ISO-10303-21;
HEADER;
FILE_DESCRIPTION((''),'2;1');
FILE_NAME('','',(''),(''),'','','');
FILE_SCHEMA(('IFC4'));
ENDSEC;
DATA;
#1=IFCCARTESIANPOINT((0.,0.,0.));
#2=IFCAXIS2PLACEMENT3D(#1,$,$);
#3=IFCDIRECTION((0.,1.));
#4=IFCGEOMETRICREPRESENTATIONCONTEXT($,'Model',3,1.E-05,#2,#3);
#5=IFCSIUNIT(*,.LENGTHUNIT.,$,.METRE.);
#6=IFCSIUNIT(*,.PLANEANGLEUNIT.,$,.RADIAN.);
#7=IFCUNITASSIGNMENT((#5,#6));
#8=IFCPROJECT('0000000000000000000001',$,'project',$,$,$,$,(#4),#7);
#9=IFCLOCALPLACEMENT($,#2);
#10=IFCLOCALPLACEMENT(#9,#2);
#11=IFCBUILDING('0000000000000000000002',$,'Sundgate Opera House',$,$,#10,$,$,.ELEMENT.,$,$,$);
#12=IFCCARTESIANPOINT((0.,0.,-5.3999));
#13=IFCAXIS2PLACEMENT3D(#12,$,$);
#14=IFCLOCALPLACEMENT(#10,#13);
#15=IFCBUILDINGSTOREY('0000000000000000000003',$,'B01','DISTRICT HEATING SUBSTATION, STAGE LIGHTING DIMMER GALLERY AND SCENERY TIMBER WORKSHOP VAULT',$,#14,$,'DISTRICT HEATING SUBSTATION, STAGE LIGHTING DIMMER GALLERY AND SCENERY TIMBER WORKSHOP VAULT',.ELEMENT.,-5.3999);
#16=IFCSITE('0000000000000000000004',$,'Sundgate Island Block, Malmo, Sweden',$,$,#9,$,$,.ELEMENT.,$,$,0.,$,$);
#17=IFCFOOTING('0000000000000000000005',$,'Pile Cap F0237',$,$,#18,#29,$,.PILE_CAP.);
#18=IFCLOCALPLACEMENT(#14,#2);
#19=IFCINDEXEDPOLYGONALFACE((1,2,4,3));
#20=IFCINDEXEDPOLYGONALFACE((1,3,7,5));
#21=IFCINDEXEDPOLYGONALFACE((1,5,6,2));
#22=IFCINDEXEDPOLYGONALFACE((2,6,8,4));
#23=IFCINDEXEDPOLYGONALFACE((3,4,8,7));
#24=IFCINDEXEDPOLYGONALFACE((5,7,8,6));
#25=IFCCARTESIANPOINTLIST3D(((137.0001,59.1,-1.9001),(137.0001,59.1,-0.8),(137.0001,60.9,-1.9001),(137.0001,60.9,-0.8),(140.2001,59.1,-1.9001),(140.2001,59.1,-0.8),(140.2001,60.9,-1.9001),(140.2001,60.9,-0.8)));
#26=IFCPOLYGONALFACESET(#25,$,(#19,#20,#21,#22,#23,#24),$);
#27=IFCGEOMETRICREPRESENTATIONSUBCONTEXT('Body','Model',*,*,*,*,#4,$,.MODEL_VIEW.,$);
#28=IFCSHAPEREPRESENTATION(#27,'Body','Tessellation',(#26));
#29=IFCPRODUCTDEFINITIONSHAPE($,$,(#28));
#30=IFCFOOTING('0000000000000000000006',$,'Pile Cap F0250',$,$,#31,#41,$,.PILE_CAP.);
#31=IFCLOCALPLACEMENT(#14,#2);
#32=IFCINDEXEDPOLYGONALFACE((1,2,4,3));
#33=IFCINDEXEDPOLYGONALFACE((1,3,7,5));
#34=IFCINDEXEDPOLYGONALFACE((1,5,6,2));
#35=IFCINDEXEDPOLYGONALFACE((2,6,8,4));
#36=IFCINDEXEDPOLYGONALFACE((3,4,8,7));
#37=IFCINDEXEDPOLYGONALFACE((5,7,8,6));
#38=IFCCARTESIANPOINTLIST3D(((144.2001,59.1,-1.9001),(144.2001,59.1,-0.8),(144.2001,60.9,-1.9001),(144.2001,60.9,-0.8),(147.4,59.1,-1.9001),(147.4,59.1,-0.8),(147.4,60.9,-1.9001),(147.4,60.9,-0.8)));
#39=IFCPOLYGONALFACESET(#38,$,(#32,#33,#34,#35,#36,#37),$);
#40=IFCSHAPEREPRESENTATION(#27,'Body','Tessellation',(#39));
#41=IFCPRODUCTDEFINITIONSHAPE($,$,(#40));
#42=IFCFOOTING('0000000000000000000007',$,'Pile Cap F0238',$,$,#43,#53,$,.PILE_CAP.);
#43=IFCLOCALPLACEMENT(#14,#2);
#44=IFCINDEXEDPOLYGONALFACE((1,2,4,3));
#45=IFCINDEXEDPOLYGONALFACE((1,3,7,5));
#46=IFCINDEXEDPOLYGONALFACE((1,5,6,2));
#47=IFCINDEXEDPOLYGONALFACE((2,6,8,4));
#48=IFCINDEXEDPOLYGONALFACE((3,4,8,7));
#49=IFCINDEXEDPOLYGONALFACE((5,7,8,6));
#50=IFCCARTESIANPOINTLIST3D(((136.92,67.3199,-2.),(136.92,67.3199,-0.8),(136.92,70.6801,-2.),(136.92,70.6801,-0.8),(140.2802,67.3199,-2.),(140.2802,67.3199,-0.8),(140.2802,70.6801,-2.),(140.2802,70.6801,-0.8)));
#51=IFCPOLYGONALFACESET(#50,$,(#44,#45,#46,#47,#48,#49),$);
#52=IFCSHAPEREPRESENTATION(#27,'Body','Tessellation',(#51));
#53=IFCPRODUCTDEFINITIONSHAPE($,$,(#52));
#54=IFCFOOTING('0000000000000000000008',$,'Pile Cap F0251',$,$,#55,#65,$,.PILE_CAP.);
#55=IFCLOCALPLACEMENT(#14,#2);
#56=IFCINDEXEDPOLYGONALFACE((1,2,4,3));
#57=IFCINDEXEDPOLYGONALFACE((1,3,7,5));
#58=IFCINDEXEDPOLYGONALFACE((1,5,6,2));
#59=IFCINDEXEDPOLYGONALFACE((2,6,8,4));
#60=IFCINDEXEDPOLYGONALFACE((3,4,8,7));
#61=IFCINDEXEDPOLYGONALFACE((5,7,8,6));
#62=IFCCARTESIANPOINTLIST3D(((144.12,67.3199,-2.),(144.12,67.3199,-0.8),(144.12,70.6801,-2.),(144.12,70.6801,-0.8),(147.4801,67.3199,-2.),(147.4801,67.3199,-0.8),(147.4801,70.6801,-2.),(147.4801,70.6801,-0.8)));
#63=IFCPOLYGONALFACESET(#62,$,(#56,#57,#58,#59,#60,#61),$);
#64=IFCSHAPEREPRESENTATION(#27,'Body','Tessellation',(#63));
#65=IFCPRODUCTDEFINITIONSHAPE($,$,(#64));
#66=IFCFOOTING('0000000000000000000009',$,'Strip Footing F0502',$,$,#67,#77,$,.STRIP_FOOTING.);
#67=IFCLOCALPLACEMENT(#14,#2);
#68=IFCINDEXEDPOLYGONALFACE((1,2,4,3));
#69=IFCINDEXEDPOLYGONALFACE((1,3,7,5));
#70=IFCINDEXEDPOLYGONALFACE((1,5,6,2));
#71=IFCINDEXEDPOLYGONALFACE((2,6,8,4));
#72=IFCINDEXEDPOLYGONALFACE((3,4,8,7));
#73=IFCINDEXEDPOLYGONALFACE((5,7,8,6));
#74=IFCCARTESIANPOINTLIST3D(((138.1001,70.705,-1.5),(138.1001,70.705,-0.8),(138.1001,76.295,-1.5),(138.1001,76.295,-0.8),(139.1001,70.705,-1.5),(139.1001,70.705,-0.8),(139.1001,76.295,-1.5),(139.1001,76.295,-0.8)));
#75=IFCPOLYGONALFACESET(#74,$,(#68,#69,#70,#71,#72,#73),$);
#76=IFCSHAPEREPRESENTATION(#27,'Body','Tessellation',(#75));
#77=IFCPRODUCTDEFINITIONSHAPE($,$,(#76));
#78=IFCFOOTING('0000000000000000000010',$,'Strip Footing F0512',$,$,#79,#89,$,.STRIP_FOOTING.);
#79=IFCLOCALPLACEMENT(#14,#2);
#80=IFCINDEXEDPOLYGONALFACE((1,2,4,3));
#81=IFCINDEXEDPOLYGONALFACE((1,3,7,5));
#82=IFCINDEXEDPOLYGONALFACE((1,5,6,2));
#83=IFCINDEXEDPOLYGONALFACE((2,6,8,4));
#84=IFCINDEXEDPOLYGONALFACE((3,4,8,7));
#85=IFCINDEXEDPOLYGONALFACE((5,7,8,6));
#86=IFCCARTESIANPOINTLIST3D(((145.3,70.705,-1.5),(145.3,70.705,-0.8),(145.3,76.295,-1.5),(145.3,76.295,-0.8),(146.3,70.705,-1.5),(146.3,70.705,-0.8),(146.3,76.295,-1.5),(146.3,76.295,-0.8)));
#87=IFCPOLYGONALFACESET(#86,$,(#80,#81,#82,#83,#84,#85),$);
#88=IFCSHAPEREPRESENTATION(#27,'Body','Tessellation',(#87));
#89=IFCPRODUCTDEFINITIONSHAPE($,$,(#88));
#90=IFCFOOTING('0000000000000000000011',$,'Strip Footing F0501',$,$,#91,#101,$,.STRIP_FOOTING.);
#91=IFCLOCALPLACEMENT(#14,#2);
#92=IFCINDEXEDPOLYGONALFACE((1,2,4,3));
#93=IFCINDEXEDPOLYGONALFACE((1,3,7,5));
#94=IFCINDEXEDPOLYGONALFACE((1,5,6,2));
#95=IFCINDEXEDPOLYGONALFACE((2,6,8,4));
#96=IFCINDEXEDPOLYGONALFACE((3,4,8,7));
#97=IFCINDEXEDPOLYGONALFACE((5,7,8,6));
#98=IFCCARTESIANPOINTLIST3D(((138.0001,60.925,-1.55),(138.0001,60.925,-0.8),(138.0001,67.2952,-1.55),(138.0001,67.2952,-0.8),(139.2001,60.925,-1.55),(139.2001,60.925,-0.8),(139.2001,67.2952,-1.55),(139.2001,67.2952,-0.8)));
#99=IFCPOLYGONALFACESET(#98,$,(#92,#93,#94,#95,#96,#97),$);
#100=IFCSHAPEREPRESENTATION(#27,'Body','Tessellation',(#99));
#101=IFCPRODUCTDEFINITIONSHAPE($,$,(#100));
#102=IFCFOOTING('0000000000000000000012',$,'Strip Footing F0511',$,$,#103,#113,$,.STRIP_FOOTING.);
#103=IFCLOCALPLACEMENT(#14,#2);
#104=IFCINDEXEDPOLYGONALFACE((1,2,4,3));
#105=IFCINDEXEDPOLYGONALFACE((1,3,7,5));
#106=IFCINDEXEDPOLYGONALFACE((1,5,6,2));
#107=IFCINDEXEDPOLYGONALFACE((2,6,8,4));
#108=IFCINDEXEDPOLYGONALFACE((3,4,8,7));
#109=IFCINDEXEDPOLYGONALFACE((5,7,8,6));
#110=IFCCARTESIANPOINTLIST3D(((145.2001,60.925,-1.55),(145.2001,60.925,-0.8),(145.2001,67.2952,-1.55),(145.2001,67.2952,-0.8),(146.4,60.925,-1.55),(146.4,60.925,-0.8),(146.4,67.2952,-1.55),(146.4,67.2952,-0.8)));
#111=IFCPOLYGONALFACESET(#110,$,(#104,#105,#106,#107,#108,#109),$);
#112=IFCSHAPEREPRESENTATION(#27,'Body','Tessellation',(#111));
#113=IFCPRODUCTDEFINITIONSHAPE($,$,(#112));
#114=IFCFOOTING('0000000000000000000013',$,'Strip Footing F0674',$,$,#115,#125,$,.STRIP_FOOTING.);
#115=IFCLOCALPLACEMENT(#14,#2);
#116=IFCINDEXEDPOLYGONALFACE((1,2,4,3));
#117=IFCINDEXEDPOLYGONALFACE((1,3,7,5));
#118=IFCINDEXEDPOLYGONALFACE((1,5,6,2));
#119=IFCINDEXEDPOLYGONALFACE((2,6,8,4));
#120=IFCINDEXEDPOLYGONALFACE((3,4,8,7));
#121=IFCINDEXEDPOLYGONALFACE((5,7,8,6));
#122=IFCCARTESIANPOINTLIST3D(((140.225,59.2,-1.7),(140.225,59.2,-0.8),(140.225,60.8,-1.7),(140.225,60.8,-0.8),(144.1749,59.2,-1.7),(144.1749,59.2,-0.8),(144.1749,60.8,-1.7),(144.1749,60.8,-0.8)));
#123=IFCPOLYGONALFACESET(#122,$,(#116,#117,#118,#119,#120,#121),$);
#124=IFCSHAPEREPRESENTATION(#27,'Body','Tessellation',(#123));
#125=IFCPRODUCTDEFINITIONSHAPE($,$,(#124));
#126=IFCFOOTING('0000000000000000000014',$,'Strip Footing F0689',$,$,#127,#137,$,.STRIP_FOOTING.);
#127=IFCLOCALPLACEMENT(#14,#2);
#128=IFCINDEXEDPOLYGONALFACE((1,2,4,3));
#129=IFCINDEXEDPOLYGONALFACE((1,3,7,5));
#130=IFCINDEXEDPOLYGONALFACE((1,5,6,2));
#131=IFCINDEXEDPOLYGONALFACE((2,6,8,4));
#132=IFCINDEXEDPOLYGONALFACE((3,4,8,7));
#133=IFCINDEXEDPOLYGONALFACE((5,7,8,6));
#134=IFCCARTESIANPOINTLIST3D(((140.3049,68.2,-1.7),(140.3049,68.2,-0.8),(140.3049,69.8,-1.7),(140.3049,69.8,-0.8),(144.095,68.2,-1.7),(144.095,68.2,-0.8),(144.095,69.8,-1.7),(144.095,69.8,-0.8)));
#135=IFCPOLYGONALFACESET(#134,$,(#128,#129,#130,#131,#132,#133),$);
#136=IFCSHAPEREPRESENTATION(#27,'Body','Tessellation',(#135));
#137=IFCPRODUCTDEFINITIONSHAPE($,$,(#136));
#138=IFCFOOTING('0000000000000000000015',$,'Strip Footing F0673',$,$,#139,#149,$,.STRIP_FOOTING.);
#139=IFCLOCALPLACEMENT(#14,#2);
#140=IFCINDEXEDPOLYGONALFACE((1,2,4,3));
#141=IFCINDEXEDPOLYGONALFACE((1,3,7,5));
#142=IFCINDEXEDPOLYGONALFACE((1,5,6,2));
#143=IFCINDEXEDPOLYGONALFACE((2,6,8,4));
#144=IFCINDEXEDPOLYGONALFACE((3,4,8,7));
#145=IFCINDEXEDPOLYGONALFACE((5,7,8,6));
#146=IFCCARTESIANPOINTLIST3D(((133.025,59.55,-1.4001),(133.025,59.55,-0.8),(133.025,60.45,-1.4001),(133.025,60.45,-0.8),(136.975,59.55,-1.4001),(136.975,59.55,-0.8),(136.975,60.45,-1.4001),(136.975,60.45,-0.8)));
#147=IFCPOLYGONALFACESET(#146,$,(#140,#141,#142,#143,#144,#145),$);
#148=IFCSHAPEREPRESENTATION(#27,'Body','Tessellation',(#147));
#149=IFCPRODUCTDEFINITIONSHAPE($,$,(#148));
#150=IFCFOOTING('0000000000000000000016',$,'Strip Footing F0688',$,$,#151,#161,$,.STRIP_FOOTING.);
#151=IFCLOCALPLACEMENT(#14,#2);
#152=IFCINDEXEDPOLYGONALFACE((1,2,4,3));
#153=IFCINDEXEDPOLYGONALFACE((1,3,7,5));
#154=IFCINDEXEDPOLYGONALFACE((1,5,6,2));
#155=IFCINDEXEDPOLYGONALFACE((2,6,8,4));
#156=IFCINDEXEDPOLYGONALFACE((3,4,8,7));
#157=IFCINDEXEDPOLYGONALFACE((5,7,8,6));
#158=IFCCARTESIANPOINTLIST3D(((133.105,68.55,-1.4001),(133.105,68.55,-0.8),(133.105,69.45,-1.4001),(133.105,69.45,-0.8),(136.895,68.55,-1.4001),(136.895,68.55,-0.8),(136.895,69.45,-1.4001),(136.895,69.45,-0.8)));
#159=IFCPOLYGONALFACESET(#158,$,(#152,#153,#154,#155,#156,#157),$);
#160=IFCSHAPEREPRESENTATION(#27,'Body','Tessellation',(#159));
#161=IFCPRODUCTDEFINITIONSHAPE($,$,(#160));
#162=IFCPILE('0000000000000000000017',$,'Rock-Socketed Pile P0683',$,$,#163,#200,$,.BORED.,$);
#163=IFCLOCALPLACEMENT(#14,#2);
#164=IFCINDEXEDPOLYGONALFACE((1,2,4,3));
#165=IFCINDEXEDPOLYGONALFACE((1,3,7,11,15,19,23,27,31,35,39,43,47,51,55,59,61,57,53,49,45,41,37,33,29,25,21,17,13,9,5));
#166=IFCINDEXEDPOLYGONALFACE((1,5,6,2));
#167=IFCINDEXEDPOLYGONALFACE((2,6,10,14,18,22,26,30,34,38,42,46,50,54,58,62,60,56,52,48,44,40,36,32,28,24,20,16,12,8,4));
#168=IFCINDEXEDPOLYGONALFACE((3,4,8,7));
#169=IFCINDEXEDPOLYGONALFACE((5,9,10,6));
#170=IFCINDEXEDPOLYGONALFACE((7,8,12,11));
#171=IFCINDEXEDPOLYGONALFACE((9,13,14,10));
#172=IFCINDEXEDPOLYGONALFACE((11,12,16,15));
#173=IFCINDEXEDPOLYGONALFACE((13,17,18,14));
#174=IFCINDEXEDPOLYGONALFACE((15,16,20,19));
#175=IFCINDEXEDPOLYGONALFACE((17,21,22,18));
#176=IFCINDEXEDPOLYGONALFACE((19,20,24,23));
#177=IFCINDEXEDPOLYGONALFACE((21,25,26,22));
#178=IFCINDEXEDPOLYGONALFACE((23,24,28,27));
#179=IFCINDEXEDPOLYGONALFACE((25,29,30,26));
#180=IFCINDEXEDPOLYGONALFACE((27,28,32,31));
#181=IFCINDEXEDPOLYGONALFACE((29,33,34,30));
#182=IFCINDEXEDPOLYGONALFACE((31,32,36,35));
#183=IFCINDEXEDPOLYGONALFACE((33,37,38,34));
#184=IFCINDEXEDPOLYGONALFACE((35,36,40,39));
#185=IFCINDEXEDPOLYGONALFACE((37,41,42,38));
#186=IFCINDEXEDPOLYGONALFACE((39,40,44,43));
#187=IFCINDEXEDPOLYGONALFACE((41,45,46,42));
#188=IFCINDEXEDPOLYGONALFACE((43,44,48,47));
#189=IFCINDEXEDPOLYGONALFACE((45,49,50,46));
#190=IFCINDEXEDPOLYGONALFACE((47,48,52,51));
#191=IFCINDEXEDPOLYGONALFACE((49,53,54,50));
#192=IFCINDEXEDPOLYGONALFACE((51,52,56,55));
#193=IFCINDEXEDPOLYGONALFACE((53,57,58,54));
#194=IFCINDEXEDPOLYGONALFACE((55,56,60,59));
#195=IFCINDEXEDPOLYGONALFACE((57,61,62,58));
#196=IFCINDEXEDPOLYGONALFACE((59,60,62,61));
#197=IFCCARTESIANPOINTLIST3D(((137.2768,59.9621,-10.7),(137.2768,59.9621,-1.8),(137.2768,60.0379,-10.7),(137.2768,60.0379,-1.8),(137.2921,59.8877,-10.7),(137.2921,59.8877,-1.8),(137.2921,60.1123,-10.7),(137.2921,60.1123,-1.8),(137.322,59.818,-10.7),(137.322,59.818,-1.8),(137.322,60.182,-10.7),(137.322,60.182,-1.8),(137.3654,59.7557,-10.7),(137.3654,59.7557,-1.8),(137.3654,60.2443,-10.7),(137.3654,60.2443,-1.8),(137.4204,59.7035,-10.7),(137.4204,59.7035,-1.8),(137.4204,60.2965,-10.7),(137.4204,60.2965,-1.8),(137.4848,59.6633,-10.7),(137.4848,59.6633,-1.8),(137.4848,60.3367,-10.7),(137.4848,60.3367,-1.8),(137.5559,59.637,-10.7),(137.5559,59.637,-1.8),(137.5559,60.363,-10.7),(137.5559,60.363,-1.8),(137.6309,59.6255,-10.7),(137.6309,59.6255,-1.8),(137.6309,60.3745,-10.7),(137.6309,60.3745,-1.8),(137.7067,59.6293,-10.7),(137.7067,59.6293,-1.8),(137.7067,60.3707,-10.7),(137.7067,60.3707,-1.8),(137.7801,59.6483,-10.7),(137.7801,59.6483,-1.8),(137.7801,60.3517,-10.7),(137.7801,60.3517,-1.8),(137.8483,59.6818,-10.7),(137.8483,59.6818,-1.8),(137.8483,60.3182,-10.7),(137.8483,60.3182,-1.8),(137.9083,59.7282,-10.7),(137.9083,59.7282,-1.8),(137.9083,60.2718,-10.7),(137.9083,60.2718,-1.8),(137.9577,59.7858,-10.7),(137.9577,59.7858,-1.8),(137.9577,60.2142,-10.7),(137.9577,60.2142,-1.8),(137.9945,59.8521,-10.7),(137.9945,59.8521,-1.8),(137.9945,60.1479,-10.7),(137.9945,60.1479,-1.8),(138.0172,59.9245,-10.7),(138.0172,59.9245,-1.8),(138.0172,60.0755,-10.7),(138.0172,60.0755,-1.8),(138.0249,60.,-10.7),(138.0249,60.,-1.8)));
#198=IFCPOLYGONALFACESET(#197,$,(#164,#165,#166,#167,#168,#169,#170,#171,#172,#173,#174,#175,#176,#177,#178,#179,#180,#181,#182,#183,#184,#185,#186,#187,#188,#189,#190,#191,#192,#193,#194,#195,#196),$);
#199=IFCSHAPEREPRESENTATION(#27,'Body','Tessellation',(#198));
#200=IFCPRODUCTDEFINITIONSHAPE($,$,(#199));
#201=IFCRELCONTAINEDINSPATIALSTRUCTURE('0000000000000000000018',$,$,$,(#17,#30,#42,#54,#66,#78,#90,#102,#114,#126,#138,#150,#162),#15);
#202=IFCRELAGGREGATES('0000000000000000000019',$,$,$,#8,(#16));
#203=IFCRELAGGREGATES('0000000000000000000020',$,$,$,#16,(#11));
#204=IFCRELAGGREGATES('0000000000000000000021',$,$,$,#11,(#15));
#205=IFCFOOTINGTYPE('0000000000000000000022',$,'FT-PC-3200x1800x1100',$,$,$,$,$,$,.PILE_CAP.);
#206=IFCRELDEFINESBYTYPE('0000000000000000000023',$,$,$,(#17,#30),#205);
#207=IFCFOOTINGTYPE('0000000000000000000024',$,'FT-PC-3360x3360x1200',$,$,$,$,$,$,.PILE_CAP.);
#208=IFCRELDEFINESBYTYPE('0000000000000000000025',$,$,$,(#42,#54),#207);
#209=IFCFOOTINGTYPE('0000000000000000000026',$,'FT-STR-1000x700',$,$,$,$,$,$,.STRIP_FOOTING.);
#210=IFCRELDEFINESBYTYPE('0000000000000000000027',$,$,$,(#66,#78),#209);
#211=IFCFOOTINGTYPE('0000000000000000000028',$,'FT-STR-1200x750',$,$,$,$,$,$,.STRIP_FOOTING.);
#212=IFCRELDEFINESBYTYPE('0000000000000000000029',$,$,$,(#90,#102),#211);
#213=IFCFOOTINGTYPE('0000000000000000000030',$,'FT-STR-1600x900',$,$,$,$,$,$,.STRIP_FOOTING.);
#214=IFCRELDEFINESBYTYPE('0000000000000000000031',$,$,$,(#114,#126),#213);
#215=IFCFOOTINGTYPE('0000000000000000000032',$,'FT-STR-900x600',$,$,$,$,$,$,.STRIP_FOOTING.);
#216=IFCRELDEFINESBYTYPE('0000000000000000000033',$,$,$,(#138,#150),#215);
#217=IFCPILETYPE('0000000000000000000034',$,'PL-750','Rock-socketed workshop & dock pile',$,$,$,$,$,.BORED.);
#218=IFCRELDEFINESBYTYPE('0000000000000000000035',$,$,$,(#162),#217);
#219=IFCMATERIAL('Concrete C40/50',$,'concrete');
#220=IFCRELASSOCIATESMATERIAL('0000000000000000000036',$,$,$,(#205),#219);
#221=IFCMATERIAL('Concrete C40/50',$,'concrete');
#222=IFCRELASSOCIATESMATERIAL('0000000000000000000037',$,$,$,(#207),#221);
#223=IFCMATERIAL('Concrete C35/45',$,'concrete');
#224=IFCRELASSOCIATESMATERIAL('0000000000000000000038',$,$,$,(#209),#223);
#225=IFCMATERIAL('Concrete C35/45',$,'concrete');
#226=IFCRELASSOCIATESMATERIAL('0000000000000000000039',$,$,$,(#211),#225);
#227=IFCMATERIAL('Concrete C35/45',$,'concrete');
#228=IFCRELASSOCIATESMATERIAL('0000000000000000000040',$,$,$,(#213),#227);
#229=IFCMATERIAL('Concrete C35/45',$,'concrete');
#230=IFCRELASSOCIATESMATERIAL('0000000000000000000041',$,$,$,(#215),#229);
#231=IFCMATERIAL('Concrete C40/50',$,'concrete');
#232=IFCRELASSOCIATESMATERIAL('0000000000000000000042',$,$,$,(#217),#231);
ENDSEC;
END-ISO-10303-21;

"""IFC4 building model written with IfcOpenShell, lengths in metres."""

from ifc_helpers import new_model, si_unit, direction, frame, origin, origin_2d, place, context, subcontext, project, spatial, rectangle, circle, extrude, material, material_profile, profile_set, type_object, element, save


model = new_model("IFC4")

# Units and contexts
model_context = context("Model", 3, precision=1e-05, world=origin(), true_north=direction((0.0, 1.0)))
body_context = subcontext(model_context, "Body", "Model", "MODEL_VIEW")
ifc_project = project(units=[si_unit("LENGTHUNIT", "METRE"), si_unit("PLANEANGLEUNIT", "RADIAN")], contexts=[model_context])

# Site, building, storey
site_placement = place(None, origin())
site = spatial("IfcSite", under=ifc_project, at=site_placement, Name="Sundgate Island Block, Malmo, Sweden", CompositionType="ELEMENT", RefElevation=0.0)
building_placement = place(site_placement, origin())
building = spatial("IfcBuilding", under=site, at=building_placement, Name="Sundgate Opera House", CompositionType="ELEMENT")
storey_placement = place(building_placement, frame((0.0, 0.0, -5.3999)))
storey = spatial("IfcBuildingStorey", under=building, at=storey_placement, Name="B01", Description="DISTRICT HEATING SUBSTATION, STAGE LIGHTING DIMMER GALLERY AND SCENERY TIMBER WORKSHOP VAULT", LongName="DISTRICT HEATING SUBSTATION, STAGE LIGHTING DIMMER GALLERY AND SCENERY TIMBER WORKSHOP VAULT", CompositionType="ELEMENT", Elevation=-5.3999)

# Footings
ifc_material_1 = material(Name="Concrete C40/50", Category="concrete")
footing_type_1 = type_object("IfcFootingType", Name="FT-PC-3200x1800x1100", PredefinedType="PILE_CAP", material=ifc_material_1)
for number, where, z_axis, x_axis, name in (
    (1, (138.6001, 60.0, -1.9001), (0.0, 0.0, 1.0), (1.0, 0.0, 0.0), "Pile Cap F0237"),
    (2, (145.8, 60.0, -1.9001), (0.0, 0.0, 1.0), (1.0, 0.0, 0.0), "Pile Cap F0250"),
):
    element("IfcFooting", number, at=place(storey_placement, frame(where, z_axis=z_axis, x_axis=x_axis)), inside=storey, type_object=footing_type_1, Name=name, PredefinedType="PILE_CAP", context=body_context, shape_type="SweptSolid", body=[
        extrude(rectangle(XDim=3.2, YDim=1.8, at=origin_2d()), origin(), (0.0, 0.0, 1.0), 1.1001),
    ])
ifc_material_2 = material(Name="Concrete C40/50", Category="concrete")
footing_type_2 = type_object("IfcFootingType", Name="FT-PC-3360x3360x1200", PredefinedType="PILE_CAP", material=ifc_material_2)
for number, where, z_axis, x_axis, name in (
    (3, (138.6001, 69.0, -2.0), (0.0, 0.0, 1.0), (1.0, 0.0, 0.0), "Pile Cap F0238"),
    (4, (145.8, 69.0, -2.0), (0.0, 0.0, 1.0), (1.0, 0.0, 0.0), "Pile Cap F0251"),
):
    element("IfcFooting", number, at=place(storey_placement, frame(where, z_axis=z_axis, x_axis=x_axis)), inside=storey, type_object=footing_type_2, Name=name, PredefinedType="PILE_CAP", context=body_context, shape_type="SweptSolid", body=[
        extrude(rectangle(XDim=3.3601, YDim=3.3601, at=origin_2d()), origin(), (0.0, 0.0, 1.0), 1.2),
    ])
ifc_material_3 = material(Name="Concrete C35/45", Category="concrete")
footing_type_3 = type_object("IfcFootingType", Name="FT-STR-1000x700", PredefinedType="STRIP_FOOTING", material=ifc_material_3)
for number, where, z_axis, x_axis, name in (
    (5, (138.6001, 73.5, -1.5), (0.0, 0.0, 1.0), (1.0, 0.0, 0.0), "Strip Footing F0502"),
    (6, (145.8, 73.5, -1.5), (0.0, 0.0, 1.0), (1.0, 0.0, 0.0), "Strip Footing F0512"),
):
    element("IfcFooting", number, at=place(storey_placement, frame(where, z_axis=z_axis, x_axis=x_axis)), inside=storey, type_object=footing_type_3, Name=name, PredefinedType="STRIP_FOOTING", context=body_context, shape_type="SweptSolid", body=[
        extrude(rectangle(XDim=1.0, YDim=5.5901, at=origin_2d()), origin(), (0.0, 0.0, 1.0), 0.7),
    ])
ifc_material_4 = material(Name="Concrete C35/45", Category="concrete")
footing_type_4 = type_object("IfcFootingType", Name="FT-STR-1200x750", PredefinedType="STRIP_FOOTING", material=ifc_material_4)
for number, where, z_axis, x_axis, name in (
    (7, (138.6001, 64.1101, -1.55), (0.0, 0.0, 1.0), (1.0, 0.0, 0.0), "Strip Footing F0501"),
    (8, (145.8, 64.1101, -1.55), (0.0, 0.0, 1.0), (1.0, 0.0, 0.0), "Strip Footing F0511"),
):
    element("IfcFooting", number, at=place(storey_placement, frame(where, z_axis=z_axis, x_axis=x_axis)), inside=storey, type_object=footing_type_4, Name=name, PredefinedType="STRIP_FOOTING", context=body_context, shape_type="SweptSolid", body=[
        extrude(rectangle(XDim=1.2, YDim=6.3701, at=origin_2d()), origin(), (0.0, 0.0, 1.0), 0.75),
    ])
ifc_material_5 = material(Name="Concrete C35/45", Category="concrete")
footing_type_5 = type_object("IfcFootingType", Name="FT-STR-1600x900", PredefinedType="STRIP_FOOTING", material=ifc_material_5)
footing_1_placement = place(storey_placement, frame((142.2, 60.0, -1.7), z_axis=(0.0, 0.0, 1.0), x_axis=(1.0, 0.0, 0.0)))
element("IfcFooting", 9, at=footing_1_placement, inside=storey, type_object=footing_type_5, Name="Strip Footing F0674", PredefinedType="STRIP_FOOTING", context=body_context, shape_type="SweptSolid", body=[
    extrude(rectangle(XDim=3.95, YDim=1.6001, at=origin_2d()), origin(), (0.0, 0.0, 1.0), 0.8999),
])
footing_2_placement = place(storey_placement, frame((142.2, 69.0, -1.7), z_axis=(0.0, 0.0, 1.0), x_axis=(1.0, 0.0, 0.0)))
element("IfcFooting", 10, at=footing_2_placement, inside=storey, type_object=footing_type_5, Name="Strip Footing F0689", PredefinedType="STRIP_FOOTING", context=body_context, shape_type="SweptSolid", body=[
    extrude(rectangle(XDim=3.79, YDim=1.6001, at=origin_2d()), origin(), (0.0, 0.0, 1.0), 0.8999),
])
ifc_material_6 = material(Name="Concrete C35/45", Category="concrete")
footing_type_6 = type_object("IfcFootingType", Name="FT-STR-900x600", PredefinedType="STRIP_FOOTING", material=ifc_material_6)
footing_3_placement = place(storey_placement, frame((135.0, 60.0, -1.4001), z_axis=(0.0, 0.0, 1.0), x_axis=(1.0, 0.0, 0.0)))
element("IfcFooting", 11, at=footing_3_placement, inside=storey, type_object=footing_type_6, Name="Strip Footing F0673", PredefinedType="STRIP_FOOTING", context=body_context, shape_type="SweptSolid", body=[
    extrude(rectangle(XDim=3.95, YDim=0.8999, at=origin_2d()), origin(), (0.0, 0.0, 1.0), 0.6001),
])
footing_4_placement = place(storey_placement, frame((135.0, 69.0, -1.4001), z_axis=(0.0, 0.0, 1.0), x_axis=(1.0, 0.0, 0.0)))
element("IfcFooting", 12, at=footing_4_placement, inside=storey, type_object=footing_type_6, Name="Strip Footing F0688", PredefinedType="STRIP_FOOTING", context=body_context, shape_type="SweptSolid", body=[
    extrude(rectangle(XDim=3.79, YDim=0.8999, at=origin_2d()), origin(), (0.0, 0.0, 1.0), 0.6001),
])

# Pile
ifc_material_7 = material(Name="Concrete C40/50", Category="concrete")
ifc_material_profile_1 = material_profile(ifc_material_7, circle(Radius=0.375, at=origin_2d()), Name="PILE D750")
ifc_profile_set_1 = profile_set([ifc_material_profile_1], Name="Concrete C40/50")
pile_type_1 = type_object("IfcPileType", Name="PL-750", Description="Rock-socketed workshop & dock pile", PredefinedType="BORED", material=ifc_profile_set_1)
for number, where, z_axis, x_axis, name in (
    (13, (137.6499, 60.0, -1.8), (0.0, 0.0, -1.0), (1.0, 0.0, 0.0), "Rock-Socketed Pile P0683"),
):
    element("IfcPile", number, at=place(storey_placement, frame(where, z_axis=z_axis, x_axis=x_axis)), inside=storey, type_object=pile_type_1, Name=name, PredefinedType="BORED", context=body_context, shape_type="SweptSolid", body=[
        extrude(circle(Radius=0.375, at=origin_2d()), origin(), (0.0, 0.0, 1.0), 8.8999),
    ])

save(model, "model.ifc")
